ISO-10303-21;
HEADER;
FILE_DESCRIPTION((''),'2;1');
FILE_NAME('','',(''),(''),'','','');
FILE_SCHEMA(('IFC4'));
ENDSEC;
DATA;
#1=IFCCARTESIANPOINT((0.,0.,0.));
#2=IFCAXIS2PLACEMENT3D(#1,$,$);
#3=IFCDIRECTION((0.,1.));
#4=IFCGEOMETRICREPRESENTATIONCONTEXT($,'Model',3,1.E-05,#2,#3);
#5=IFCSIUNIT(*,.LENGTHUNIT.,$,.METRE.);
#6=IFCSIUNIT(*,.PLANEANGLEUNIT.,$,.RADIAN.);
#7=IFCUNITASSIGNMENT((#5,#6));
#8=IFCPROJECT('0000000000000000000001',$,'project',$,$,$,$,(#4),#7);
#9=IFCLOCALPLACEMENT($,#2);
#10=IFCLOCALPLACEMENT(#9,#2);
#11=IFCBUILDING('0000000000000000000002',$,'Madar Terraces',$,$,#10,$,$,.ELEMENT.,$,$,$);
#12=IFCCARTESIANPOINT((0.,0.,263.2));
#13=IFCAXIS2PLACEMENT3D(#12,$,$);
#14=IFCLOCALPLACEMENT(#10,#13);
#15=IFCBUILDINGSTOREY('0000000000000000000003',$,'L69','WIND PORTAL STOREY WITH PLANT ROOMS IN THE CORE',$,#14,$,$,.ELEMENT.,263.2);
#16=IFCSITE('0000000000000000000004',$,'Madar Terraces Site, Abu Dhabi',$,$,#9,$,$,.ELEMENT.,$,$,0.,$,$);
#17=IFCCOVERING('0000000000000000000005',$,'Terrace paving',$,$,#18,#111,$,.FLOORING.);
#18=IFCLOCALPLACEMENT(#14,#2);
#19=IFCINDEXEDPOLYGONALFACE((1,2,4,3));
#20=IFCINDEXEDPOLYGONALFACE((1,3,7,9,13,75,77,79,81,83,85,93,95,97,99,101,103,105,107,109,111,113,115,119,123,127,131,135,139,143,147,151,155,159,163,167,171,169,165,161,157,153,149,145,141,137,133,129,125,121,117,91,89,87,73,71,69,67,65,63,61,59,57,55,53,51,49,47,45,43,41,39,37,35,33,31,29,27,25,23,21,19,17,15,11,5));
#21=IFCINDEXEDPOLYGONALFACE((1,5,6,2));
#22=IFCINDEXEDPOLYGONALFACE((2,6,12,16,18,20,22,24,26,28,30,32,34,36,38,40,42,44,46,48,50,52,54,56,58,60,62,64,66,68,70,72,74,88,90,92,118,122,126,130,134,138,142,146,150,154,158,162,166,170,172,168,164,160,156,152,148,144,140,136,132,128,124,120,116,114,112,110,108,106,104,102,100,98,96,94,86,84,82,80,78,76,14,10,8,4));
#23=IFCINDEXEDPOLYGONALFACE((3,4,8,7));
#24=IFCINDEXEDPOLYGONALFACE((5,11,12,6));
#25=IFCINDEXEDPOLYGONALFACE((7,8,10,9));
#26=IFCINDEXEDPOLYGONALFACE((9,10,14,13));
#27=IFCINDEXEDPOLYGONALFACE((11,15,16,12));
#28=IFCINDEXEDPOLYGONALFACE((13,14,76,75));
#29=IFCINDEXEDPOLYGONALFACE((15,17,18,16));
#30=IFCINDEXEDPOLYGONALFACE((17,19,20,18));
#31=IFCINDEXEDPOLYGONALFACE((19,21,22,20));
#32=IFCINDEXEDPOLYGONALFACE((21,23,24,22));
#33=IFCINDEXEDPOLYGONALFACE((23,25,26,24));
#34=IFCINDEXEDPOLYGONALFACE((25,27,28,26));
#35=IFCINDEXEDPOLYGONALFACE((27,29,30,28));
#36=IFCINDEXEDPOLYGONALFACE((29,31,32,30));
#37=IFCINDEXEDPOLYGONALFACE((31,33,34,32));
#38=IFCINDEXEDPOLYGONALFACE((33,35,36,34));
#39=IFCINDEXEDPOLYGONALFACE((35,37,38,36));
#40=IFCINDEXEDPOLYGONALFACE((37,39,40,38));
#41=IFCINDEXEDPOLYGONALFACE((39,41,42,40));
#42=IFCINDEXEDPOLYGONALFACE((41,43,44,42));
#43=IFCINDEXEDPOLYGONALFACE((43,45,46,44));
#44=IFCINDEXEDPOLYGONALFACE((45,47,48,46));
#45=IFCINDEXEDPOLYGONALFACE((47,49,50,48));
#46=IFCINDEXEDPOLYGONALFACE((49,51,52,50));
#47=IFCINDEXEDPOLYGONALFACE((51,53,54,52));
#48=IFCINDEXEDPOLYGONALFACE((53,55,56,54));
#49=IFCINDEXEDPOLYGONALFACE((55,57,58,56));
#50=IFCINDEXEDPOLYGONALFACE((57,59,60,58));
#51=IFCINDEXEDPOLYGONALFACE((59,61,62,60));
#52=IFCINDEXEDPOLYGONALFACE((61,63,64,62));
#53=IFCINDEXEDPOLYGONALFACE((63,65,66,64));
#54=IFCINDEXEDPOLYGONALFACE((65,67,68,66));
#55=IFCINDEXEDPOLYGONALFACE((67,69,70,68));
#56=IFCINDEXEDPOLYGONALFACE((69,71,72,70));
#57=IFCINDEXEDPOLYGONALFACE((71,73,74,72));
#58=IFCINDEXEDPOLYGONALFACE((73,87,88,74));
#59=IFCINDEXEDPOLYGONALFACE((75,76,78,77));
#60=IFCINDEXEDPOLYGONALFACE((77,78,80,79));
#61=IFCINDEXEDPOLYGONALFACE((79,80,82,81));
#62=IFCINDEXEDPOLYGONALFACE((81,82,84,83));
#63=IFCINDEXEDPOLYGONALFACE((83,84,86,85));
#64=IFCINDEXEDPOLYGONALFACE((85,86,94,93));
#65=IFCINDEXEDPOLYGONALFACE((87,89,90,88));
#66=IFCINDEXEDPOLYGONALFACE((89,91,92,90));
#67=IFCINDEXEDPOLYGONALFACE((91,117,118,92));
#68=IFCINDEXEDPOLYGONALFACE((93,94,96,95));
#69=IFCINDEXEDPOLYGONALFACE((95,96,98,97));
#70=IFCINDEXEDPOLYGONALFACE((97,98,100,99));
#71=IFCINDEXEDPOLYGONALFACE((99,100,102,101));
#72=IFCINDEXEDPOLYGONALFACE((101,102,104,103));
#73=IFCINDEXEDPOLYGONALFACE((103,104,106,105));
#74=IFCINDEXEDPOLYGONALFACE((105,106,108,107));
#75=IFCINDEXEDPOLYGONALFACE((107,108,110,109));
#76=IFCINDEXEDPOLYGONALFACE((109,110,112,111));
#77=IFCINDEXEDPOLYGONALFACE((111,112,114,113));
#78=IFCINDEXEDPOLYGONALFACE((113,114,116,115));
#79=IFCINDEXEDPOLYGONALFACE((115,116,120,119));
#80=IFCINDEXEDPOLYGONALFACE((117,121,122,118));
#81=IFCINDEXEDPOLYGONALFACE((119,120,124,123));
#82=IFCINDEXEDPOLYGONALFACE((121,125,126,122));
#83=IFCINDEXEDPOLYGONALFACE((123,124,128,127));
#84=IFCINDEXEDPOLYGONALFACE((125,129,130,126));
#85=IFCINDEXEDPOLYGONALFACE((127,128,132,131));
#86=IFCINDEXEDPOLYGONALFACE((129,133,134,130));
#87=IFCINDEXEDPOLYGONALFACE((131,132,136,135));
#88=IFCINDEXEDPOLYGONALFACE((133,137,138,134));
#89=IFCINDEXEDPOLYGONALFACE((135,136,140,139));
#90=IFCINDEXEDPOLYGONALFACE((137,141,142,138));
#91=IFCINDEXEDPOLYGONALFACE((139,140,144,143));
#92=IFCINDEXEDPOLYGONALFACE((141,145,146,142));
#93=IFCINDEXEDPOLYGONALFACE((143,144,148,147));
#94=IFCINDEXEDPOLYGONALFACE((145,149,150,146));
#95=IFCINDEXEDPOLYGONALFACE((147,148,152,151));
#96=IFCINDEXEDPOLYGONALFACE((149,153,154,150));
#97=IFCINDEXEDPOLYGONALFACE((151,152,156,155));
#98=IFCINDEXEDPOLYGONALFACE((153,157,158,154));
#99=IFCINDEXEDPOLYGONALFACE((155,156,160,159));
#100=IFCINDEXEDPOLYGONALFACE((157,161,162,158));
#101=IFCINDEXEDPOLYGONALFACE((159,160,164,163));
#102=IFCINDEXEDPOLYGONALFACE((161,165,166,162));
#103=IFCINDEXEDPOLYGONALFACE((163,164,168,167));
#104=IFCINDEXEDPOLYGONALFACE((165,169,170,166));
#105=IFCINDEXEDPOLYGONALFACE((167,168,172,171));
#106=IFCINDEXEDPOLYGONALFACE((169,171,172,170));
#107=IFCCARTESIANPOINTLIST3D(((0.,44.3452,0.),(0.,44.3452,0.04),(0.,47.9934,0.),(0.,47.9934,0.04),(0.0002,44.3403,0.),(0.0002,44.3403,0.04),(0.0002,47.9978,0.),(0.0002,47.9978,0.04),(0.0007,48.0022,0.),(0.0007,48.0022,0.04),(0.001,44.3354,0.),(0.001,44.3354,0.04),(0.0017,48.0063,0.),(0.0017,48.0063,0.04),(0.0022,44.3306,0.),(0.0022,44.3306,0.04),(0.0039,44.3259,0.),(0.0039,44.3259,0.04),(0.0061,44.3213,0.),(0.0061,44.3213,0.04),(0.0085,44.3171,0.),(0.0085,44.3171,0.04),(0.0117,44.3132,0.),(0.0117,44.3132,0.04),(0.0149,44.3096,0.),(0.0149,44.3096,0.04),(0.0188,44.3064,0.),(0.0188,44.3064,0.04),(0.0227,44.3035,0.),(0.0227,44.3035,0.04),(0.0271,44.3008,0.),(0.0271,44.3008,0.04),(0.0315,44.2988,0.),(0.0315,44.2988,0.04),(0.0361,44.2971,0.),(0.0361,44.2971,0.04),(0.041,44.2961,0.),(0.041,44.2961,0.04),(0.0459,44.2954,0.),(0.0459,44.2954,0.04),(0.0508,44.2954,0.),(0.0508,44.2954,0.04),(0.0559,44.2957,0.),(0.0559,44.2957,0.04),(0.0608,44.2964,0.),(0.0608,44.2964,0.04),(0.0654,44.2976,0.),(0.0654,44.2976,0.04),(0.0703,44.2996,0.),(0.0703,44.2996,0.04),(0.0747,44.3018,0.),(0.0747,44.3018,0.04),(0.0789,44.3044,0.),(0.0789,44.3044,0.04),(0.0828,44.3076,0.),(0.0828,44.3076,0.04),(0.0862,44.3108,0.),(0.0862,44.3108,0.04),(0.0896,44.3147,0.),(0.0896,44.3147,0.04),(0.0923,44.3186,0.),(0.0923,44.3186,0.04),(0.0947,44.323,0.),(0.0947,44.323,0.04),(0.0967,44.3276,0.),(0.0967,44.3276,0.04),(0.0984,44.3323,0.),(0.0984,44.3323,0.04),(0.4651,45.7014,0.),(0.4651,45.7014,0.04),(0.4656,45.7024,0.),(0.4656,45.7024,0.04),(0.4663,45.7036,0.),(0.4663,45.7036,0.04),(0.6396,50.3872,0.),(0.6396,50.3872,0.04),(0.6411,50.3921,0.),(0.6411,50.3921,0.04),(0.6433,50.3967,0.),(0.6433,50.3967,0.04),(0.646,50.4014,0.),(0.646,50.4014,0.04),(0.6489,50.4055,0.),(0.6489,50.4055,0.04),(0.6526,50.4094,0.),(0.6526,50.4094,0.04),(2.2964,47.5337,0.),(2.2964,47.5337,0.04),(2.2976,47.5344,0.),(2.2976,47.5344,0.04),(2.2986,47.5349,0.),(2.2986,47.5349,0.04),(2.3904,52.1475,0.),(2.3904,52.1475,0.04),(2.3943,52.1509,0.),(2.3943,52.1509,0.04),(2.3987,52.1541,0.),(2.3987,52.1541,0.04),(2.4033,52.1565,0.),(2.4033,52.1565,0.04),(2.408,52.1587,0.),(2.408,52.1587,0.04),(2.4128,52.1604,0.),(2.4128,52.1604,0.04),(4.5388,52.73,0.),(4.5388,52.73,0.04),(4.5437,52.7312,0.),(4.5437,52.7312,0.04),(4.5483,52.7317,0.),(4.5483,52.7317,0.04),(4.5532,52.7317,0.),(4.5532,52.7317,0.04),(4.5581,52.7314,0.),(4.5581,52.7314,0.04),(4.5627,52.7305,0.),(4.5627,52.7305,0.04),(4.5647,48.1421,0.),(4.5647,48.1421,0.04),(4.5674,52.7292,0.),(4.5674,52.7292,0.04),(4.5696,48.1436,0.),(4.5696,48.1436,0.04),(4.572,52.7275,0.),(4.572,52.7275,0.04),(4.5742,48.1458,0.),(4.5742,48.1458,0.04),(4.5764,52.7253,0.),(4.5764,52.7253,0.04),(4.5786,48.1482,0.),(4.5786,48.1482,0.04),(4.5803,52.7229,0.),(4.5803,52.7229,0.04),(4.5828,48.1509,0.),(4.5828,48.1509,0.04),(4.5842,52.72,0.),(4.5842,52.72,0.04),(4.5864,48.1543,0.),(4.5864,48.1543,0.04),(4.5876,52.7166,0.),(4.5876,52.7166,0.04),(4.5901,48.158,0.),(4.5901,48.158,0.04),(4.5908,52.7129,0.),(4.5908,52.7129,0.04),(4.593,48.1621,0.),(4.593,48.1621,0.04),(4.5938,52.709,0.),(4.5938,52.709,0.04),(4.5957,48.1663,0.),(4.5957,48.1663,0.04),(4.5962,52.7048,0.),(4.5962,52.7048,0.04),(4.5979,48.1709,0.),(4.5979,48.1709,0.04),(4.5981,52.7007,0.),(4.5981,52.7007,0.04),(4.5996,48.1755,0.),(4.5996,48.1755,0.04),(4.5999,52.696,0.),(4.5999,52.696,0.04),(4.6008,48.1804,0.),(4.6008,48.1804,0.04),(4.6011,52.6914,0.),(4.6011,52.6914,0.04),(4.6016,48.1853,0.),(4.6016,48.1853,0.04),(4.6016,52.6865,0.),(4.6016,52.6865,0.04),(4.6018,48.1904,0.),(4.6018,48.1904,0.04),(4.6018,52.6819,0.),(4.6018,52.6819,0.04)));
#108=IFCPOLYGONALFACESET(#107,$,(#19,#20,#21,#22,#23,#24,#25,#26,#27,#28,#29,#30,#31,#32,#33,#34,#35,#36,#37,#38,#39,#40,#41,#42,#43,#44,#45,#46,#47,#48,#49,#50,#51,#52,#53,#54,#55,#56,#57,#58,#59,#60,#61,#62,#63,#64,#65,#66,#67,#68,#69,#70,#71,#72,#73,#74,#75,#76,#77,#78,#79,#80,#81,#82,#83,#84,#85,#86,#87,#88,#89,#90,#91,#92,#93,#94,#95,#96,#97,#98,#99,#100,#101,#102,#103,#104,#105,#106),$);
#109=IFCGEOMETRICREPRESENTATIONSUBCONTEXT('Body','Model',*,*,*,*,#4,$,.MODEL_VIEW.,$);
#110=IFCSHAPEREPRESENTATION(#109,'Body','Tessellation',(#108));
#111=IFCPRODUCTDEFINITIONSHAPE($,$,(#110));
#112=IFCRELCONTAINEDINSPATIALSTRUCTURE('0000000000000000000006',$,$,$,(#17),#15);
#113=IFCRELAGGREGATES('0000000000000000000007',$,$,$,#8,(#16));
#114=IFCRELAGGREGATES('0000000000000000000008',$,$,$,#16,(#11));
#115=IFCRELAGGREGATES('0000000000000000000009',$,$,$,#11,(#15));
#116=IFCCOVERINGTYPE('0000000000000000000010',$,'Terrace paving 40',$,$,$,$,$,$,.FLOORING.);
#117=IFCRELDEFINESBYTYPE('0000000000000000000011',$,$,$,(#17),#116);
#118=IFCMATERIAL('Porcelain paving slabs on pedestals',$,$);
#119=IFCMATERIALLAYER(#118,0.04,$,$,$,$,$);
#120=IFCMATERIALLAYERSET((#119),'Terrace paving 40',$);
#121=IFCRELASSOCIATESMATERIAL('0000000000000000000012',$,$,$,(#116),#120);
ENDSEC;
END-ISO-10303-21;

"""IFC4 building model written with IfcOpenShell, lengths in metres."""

from ifc_helpers import new_model, si_unit, direction, frame, origin, place, context, subcontext, project, spatial, polyline, outline, extrude, material, layer, layer_set, type_object, element, save


model = new_model("IFC4")

# Units and contexts
model_context = context("Model", 3, precision=1e-05, world=origin(), true_north=direction((0.0, 1.0)))
body_context = subcontext(model_context, "Body", "Model", "MODEL_VIEW")
ifc_project = project(units=[si_unit("LENGTHUNIT", "METRE"), si_unit("PLANEANGLEUNIT", "RADIAN")], contexts=[model_context])

# Site, building, storey
site_placement = place(None, origin())
site = spatial("IfcSite", under=ifc_project, at=site_placement, Name="Madar Terraces Site, Abu Dhabi", CompositionType="ELEMENT", RefElevation=0.0)
building_placement = place(site_placement, origin())
building = spatial("IfcBuilding", under=site, at=building_placement, Name="Madar Terraces", CompositionType="ELEMENT")
storey_placement = place(building_placement, frame((0.0, 0.0, 263.2)))
storey = spatial("IfcBuildingStorey", under=building, at=storey_placement, Name="L69", Description="WIND PORTAL STOREY WITH PLANT ROOMS IN THE CORE", CompositionType="ELEMENT", Elevation=263.2)

# Covering
ifc_material_1 = material(Name="Porcelain paving slabs on pedestals")
ifc_layer_1 = layer(ifc_material_1, 0.04)
ifc_layer_set_1 = layer_set([ifc_layer_1], Name="Terrace paving 40")
covering_type = type_object("IfcCoveringType", Name="Terrace paving 40", PredefinedType="FLOORING", material=ifc_layer_set_1)
covering_1_placement = place(storey_placement, origin())
element("IfcCovering", 1, at=covering_1_placement, inside=storey, type_object=covering_type, Name="Terrace paving", PredefinedType="FLOORING", context=body_context, shape_type="SweptSolid", body=[
    extrude(outline(polyline([(0.0967, 44.3276), (0.0947, 44.323), (0.0923, 44.3186), (0.0896, 44.3147), (0.0862, 44.3108), (0.0828, 44.3076), (0.0789, 44.3044), (0.0747, 44.3018), (0.0703, 44.2996), (0.0654, 44.2976), (0.0608, 44.2964), (0.0559, 44.2957), (0.0508, 44.2954), (0.0459, 44.2954), (0.041, 44.2961), (0.0361, 44.2971), (0.0315, 44.2988), (0.0271, 44.3008), (0.0227, 44.3035), (0.0188, 44.3064), (0.0149, 44.3096), (0.0117, 44.3132), (0.0085, 44.3171), (0.0061, 44.3213), (0.0039, 44.3259), (0.0022, 44.3306), (0.001, 44.3354), (0.0002, 44.3403), (0.0, 44.3452), (0.0, 47.9934), (0.0002, 47.9978), (0.0007, 48.0022), (0.0017, 48.0063), (0.6396, 50.3872), (0.6411, 50.3921), (0.6433, 50.3967), (0.646, 50.4014), (0.6489, 50.4055), (0.6526, 50.4094), (2.3904, 52.1475), (2.3943, 52.1509), (2.3987, 52.1541), (2.4033, 52.1565), (2.408, 52.1587), (2.4128, 52.1604), (4.5388, 52.73), (4.5437, 52.7312), (4.5483, 52.7317), (4.5532, 52.7317), (4.5581, 52.7314), (4.5627, 52.7305), (4.5674, 52.7292), (4.572, 52.7275), (4.5764, 52.7253), (4.5803, 52.7229), (4.5842, 52.72), (4.5876, 52.7166), (4.5908, 52.7129), (4.5938, 52.709), (4.5962, 52.7048), (4.5981, 52.7007), (4.5999, 52.696), (4.6011, 52.6914), (4.6016, 52.6865), (4.6018, 52.6819), (4.6018, 48.1904), (4.6016, 48.1853), (4.6008, 48.1804), (4.5996, 48.1755), (4.5979, 48.1709), (4.5957, 48.1663), (4.593, 48.1621), (4.5901, 48.158), (4.5864, 48.1543), (4.5828, 48.1509), (4.5786, 48.1482), (4.5742, 48.1458), (4.5696, 48.1436), (4.5647, 48.1421), (2.2986, 47.5349), (2.2976, 47.5344), (2.2964, 47.5337), (0.4663, 45.7036), (0.4656, 45.7024), (0.4651, 45.7014), (0.0984, 44.3323), (0.0967, 44.3276)])), origin(), (0.0, 0.0, 1.0), 0.04),
])

save(model, "model.ifc")
